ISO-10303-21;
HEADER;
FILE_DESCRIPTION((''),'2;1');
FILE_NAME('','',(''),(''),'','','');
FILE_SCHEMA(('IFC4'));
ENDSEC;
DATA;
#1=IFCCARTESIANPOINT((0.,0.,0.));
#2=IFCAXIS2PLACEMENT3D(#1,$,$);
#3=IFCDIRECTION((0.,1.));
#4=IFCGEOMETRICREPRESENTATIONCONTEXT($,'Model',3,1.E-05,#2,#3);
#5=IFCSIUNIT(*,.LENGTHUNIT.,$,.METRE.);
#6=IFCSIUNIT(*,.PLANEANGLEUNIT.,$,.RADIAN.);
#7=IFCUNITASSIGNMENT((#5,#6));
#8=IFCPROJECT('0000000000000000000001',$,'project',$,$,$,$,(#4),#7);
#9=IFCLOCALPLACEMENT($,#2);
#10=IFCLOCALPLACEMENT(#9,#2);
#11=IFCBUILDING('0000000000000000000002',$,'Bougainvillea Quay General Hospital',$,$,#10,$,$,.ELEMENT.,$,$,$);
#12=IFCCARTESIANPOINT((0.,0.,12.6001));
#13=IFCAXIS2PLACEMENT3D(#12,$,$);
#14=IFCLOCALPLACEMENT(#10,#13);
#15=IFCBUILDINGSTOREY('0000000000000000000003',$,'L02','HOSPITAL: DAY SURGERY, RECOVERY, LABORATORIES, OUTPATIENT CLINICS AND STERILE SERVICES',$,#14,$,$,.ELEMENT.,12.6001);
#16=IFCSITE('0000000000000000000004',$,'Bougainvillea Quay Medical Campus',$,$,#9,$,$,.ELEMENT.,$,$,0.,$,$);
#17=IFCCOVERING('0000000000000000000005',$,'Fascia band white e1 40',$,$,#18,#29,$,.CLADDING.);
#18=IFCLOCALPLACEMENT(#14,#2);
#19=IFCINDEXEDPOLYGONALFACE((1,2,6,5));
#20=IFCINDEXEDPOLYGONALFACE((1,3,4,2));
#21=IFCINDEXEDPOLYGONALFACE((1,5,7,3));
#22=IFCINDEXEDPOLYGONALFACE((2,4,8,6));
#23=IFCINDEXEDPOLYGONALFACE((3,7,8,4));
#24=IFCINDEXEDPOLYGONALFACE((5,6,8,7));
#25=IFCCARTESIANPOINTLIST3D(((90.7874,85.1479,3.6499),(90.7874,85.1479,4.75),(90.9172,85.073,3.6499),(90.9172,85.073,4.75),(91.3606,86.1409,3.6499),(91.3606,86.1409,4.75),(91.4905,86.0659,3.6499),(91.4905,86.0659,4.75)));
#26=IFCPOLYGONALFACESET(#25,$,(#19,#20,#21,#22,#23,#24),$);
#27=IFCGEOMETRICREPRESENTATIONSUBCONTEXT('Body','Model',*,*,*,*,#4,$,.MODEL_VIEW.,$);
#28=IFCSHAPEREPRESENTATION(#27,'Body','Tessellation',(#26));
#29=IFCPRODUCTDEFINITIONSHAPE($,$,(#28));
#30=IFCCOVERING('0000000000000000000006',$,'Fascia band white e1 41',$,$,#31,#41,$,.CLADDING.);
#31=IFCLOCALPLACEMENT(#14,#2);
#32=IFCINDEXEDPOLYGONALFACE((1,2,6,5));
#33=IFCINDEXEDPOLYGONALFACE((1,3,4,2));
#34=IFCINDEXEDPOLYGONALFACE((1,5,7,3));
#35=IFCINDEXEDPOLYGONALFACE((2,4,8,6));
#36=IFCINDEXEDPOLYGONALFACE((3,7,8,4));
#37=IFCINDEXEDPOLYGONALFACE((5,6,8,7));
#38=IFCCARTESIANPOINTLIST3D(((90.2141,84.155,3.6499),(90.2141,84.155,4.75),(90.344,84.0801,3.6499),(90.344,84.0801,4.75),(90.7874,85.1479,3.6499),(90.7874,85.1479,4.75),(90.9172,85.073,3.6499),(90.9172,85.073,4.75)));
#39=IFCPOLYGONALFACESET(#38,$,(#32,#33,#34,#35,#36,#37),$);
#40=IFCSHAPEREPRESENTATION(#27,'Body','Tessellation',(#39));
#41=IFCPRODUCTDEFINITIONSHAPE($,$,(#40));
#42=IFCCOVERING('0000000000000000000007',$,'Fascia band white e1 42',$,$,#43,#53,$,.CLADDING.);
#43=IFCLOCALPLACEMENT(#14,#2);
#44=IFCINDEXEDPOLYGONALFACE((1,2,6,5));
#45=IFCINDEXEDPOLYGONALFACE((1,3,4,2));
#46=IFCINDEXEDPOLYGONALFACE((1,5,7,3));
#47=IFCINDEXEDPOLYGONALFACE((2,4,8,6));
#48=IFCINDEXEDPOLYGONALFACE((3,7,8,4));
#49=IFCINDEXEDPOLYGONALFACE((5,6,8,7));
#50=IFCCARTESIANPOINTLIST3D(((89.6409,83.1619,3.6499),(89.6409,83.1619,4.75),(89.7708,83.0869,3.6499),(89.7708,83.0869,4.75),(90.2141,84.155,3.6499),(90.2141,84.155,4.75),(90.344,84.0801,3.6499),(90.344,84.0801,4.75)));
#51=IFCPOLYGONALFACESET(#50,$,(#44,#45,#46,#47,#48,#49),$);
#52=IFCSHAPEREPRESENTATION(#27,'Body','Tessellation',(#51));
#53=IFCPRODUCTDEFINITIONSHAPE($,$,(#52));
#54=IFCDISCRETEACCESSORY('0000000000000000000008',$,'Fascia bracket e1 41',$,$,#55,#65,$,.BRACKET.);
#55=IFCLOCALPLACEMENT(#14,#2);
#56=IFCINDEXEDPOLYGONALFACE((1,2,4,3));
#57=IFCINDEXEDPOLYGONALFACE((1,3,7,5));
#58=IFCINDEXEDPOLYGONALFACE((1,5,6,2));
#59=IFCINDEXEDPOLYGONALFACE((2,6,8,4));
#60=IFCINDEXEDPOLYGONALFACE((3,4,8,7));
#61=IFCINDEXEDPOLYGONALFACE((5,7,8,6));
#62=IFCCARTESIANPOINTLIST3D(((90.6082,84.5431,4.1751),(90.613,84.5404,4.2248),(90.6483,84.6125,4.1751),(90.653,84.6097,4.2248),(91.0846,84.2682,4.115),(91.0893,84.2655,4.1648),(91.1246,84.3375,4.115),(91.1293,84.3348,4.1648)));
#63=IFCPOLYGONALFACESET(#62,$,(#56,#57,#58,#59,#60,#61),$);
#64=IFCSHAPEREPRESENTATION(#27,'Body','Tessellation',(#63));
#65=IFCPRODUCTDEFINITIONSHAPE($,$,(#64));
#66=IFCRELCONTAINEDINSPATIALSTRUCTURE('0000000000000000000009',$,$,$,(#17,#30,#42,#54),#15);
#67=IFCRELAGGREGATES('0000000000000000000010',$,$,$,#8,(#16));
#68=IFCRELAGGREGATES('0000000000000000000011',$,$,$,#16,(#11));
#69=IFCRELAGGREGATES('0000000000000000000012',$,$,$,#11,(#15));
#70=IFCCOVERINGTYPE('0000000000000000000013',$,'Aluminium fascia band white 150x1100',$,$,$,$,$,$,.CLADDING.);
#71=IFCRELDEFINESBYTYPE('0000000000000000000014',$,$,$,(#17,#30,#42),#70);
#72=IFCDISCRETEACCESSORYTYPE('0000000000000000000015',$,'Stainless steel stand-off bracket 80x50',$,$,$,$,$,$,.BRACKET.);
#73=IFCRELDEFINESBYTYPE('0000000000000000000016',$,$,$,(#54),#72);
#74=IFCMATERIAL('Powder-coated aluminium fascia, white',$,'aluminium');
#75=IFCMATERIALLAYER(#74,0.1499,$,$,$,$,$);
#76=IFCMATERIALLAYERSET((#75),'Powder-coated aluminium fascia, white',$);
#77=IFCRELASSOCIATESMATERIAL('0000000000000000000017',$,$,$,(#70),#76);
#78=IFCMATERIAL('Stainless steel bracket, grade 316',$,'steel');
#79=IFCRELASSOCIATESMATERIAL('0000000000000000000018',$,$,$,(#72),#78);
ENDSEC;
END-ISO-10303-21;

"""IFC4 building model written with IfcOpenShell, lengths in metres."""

from ifc_helpers import new_model, si_unit, direction, frame, origin, origin_2d, place, context, subcontext, project, spatial, polyline, rectangle, outline, extrude, material, layer, layer_set, material_profile, profile_set, type_object, element, save


model = new_model("IFC4")

# Units and contexts
model_context = context("Model", 3, precision=1e-05, world=origin(), true_north=direction((0.0, 1.0)))
body_context = subcontext(model_context, "Body", "Model", "MODEL_VIEW")
ifc_project = project(units=[si_unit("LENGTHUNIT", "METRE"), si_unit("PLANEANGLEUNIT", "RADIAN")], contexts=[model_context])

# Site, building, storey
site_placement = place(None, origin())
site = spatial("IfcSite", under=ifc_project, at=site_placement, Name="Bougainvillea Quay Medical Campus", CompositionType="ELEMENT", RefElevation=0.0)
building_placement = place(site_placement, origin())
building = spatial("IfcBuilding", under=site, at=building_placement, Name="Bougainvillea Quay General Hospital", CompositionType="ELEMENT")
storey_placement = place(building_placement, frame((0.0, 0.0, 12.6001)))
storey = spatial("IfcBuildingStorey", under=building, at=storey_placement, Name="L02", Description="HOSPITAL: DAY SURGERY, RECOVERY, LABORATORIES, OUTPATIENT CLINICS AND STERILE SERVICES", CompositionType="ELEMENT", Elevation=12.6001)

# Coverings
ifc_material_1 = material(Name="Powder-coated aluminium fascia, white", Category="aluminium")
ifc_layer_1 = layer(ifc_material_1, 0.1499)
ifc_layer_set_1 = layer_set([ifc_layer_1], Name="Powder-coated aluminium fascia, white")
covering_type = type_object("IfcCoveringType", Name="Aluminium fascia band white 150x1100", PredefinedType="CLADDING", material=ifc_layer_set_1)
for number, where, z_axis, x_axis, name in (
    (1, (91.4905, 86.0659, 3.6499), (0.0, 0.0, 1.0), (-0.499987, -0.866033, 0.0), "Fascia band white e1 40"),
    (2, (90.9172, 85.073, 3.6499), (0.0, 0.0, 1.0), (-0.499987, -0.866033, 0.0), "Fascia band white e1 41"),
):
    element("IfcCovering", number, at=place(storey_placement, frame(where, z_axis=z_axis, x_axis=x_axis)), inside=storey, type_object=covering_type, Name=name, PredefinedType="CLADDING", context=body_context, shape_type="SweptSolid", body=[
        extrude(outline(polyline([(0.0, 0.0), (1.1465, 0.0), (1.1465, -0.15), (0.0, -0.15), (0.0, 0.0)])), origin(), (0.0, 0.0, 1.0), 1.1001),
    ])
covering_placement = place(storey_placement, frame((90.344, 84.0801, 3.6499), z_axis=(0.0, 0.0, 1.0), x_axis=(-0.499894, -0.866086, 0.0)))
element("IfcCovering", 3, at=covering_placement, inside=storey, type_object=covering_type, Name="Fascia band white e1 42", PredefinedType="CLADDING", context=body_context, shape_type="SweptSolid", body=[
    extrude(outline(polyline([(0.0, 0.0), (1.1467, 0.0), (1.1467, -0.15), (0.0, -0.15), (0.0, 0.0)])), origin(), (0.0, 0.0, 1.0), 1.1001),
])

# Discrete accessory
ifc_material_2 = material(Name="Stainless steel bracket, grade 316", Category="steel")
ifc_material_profile_1 = material_profile(ifc_material_2, rectangle(XDim=0.0801, YDim=0.05, at=origin_2d()))
ifc_profile_set_1 = profile_set([ifc_material_profile_1], Name="Stainless steel bracket, grade 316")
discrete_accessory_type = type_object("IfcDiscreteAccessoryType", Name="Stainless steel stand-off bracket 80x50", PredefinedType="BRACKET", material=ifc_profile_set_1)
discrete_accessory_placement = place(storey_placement, frame((91.1069, 84.3015, 4.1399), z_axis=(-0.860985, 0.496909, 0.108561), x_axis=(-0.499863, -0.866104, 0.0)))
element("IfcDiscreteAccessory", 4, at=discrete_accessory_placement, inside=storey, type_object=discrete_accessory_type, Name="Fascia bracket e1 41", PredefinedType="BRACKET", context=body_context, shape_type="SweptSolid", body=[
    extrude(rectangle(XDim=0.0801, YDim=0.05, at=origin_2d()), origin(), (0.0, 0.0, 1.0), 0.5532),
])

save(model, "model.ifc")
